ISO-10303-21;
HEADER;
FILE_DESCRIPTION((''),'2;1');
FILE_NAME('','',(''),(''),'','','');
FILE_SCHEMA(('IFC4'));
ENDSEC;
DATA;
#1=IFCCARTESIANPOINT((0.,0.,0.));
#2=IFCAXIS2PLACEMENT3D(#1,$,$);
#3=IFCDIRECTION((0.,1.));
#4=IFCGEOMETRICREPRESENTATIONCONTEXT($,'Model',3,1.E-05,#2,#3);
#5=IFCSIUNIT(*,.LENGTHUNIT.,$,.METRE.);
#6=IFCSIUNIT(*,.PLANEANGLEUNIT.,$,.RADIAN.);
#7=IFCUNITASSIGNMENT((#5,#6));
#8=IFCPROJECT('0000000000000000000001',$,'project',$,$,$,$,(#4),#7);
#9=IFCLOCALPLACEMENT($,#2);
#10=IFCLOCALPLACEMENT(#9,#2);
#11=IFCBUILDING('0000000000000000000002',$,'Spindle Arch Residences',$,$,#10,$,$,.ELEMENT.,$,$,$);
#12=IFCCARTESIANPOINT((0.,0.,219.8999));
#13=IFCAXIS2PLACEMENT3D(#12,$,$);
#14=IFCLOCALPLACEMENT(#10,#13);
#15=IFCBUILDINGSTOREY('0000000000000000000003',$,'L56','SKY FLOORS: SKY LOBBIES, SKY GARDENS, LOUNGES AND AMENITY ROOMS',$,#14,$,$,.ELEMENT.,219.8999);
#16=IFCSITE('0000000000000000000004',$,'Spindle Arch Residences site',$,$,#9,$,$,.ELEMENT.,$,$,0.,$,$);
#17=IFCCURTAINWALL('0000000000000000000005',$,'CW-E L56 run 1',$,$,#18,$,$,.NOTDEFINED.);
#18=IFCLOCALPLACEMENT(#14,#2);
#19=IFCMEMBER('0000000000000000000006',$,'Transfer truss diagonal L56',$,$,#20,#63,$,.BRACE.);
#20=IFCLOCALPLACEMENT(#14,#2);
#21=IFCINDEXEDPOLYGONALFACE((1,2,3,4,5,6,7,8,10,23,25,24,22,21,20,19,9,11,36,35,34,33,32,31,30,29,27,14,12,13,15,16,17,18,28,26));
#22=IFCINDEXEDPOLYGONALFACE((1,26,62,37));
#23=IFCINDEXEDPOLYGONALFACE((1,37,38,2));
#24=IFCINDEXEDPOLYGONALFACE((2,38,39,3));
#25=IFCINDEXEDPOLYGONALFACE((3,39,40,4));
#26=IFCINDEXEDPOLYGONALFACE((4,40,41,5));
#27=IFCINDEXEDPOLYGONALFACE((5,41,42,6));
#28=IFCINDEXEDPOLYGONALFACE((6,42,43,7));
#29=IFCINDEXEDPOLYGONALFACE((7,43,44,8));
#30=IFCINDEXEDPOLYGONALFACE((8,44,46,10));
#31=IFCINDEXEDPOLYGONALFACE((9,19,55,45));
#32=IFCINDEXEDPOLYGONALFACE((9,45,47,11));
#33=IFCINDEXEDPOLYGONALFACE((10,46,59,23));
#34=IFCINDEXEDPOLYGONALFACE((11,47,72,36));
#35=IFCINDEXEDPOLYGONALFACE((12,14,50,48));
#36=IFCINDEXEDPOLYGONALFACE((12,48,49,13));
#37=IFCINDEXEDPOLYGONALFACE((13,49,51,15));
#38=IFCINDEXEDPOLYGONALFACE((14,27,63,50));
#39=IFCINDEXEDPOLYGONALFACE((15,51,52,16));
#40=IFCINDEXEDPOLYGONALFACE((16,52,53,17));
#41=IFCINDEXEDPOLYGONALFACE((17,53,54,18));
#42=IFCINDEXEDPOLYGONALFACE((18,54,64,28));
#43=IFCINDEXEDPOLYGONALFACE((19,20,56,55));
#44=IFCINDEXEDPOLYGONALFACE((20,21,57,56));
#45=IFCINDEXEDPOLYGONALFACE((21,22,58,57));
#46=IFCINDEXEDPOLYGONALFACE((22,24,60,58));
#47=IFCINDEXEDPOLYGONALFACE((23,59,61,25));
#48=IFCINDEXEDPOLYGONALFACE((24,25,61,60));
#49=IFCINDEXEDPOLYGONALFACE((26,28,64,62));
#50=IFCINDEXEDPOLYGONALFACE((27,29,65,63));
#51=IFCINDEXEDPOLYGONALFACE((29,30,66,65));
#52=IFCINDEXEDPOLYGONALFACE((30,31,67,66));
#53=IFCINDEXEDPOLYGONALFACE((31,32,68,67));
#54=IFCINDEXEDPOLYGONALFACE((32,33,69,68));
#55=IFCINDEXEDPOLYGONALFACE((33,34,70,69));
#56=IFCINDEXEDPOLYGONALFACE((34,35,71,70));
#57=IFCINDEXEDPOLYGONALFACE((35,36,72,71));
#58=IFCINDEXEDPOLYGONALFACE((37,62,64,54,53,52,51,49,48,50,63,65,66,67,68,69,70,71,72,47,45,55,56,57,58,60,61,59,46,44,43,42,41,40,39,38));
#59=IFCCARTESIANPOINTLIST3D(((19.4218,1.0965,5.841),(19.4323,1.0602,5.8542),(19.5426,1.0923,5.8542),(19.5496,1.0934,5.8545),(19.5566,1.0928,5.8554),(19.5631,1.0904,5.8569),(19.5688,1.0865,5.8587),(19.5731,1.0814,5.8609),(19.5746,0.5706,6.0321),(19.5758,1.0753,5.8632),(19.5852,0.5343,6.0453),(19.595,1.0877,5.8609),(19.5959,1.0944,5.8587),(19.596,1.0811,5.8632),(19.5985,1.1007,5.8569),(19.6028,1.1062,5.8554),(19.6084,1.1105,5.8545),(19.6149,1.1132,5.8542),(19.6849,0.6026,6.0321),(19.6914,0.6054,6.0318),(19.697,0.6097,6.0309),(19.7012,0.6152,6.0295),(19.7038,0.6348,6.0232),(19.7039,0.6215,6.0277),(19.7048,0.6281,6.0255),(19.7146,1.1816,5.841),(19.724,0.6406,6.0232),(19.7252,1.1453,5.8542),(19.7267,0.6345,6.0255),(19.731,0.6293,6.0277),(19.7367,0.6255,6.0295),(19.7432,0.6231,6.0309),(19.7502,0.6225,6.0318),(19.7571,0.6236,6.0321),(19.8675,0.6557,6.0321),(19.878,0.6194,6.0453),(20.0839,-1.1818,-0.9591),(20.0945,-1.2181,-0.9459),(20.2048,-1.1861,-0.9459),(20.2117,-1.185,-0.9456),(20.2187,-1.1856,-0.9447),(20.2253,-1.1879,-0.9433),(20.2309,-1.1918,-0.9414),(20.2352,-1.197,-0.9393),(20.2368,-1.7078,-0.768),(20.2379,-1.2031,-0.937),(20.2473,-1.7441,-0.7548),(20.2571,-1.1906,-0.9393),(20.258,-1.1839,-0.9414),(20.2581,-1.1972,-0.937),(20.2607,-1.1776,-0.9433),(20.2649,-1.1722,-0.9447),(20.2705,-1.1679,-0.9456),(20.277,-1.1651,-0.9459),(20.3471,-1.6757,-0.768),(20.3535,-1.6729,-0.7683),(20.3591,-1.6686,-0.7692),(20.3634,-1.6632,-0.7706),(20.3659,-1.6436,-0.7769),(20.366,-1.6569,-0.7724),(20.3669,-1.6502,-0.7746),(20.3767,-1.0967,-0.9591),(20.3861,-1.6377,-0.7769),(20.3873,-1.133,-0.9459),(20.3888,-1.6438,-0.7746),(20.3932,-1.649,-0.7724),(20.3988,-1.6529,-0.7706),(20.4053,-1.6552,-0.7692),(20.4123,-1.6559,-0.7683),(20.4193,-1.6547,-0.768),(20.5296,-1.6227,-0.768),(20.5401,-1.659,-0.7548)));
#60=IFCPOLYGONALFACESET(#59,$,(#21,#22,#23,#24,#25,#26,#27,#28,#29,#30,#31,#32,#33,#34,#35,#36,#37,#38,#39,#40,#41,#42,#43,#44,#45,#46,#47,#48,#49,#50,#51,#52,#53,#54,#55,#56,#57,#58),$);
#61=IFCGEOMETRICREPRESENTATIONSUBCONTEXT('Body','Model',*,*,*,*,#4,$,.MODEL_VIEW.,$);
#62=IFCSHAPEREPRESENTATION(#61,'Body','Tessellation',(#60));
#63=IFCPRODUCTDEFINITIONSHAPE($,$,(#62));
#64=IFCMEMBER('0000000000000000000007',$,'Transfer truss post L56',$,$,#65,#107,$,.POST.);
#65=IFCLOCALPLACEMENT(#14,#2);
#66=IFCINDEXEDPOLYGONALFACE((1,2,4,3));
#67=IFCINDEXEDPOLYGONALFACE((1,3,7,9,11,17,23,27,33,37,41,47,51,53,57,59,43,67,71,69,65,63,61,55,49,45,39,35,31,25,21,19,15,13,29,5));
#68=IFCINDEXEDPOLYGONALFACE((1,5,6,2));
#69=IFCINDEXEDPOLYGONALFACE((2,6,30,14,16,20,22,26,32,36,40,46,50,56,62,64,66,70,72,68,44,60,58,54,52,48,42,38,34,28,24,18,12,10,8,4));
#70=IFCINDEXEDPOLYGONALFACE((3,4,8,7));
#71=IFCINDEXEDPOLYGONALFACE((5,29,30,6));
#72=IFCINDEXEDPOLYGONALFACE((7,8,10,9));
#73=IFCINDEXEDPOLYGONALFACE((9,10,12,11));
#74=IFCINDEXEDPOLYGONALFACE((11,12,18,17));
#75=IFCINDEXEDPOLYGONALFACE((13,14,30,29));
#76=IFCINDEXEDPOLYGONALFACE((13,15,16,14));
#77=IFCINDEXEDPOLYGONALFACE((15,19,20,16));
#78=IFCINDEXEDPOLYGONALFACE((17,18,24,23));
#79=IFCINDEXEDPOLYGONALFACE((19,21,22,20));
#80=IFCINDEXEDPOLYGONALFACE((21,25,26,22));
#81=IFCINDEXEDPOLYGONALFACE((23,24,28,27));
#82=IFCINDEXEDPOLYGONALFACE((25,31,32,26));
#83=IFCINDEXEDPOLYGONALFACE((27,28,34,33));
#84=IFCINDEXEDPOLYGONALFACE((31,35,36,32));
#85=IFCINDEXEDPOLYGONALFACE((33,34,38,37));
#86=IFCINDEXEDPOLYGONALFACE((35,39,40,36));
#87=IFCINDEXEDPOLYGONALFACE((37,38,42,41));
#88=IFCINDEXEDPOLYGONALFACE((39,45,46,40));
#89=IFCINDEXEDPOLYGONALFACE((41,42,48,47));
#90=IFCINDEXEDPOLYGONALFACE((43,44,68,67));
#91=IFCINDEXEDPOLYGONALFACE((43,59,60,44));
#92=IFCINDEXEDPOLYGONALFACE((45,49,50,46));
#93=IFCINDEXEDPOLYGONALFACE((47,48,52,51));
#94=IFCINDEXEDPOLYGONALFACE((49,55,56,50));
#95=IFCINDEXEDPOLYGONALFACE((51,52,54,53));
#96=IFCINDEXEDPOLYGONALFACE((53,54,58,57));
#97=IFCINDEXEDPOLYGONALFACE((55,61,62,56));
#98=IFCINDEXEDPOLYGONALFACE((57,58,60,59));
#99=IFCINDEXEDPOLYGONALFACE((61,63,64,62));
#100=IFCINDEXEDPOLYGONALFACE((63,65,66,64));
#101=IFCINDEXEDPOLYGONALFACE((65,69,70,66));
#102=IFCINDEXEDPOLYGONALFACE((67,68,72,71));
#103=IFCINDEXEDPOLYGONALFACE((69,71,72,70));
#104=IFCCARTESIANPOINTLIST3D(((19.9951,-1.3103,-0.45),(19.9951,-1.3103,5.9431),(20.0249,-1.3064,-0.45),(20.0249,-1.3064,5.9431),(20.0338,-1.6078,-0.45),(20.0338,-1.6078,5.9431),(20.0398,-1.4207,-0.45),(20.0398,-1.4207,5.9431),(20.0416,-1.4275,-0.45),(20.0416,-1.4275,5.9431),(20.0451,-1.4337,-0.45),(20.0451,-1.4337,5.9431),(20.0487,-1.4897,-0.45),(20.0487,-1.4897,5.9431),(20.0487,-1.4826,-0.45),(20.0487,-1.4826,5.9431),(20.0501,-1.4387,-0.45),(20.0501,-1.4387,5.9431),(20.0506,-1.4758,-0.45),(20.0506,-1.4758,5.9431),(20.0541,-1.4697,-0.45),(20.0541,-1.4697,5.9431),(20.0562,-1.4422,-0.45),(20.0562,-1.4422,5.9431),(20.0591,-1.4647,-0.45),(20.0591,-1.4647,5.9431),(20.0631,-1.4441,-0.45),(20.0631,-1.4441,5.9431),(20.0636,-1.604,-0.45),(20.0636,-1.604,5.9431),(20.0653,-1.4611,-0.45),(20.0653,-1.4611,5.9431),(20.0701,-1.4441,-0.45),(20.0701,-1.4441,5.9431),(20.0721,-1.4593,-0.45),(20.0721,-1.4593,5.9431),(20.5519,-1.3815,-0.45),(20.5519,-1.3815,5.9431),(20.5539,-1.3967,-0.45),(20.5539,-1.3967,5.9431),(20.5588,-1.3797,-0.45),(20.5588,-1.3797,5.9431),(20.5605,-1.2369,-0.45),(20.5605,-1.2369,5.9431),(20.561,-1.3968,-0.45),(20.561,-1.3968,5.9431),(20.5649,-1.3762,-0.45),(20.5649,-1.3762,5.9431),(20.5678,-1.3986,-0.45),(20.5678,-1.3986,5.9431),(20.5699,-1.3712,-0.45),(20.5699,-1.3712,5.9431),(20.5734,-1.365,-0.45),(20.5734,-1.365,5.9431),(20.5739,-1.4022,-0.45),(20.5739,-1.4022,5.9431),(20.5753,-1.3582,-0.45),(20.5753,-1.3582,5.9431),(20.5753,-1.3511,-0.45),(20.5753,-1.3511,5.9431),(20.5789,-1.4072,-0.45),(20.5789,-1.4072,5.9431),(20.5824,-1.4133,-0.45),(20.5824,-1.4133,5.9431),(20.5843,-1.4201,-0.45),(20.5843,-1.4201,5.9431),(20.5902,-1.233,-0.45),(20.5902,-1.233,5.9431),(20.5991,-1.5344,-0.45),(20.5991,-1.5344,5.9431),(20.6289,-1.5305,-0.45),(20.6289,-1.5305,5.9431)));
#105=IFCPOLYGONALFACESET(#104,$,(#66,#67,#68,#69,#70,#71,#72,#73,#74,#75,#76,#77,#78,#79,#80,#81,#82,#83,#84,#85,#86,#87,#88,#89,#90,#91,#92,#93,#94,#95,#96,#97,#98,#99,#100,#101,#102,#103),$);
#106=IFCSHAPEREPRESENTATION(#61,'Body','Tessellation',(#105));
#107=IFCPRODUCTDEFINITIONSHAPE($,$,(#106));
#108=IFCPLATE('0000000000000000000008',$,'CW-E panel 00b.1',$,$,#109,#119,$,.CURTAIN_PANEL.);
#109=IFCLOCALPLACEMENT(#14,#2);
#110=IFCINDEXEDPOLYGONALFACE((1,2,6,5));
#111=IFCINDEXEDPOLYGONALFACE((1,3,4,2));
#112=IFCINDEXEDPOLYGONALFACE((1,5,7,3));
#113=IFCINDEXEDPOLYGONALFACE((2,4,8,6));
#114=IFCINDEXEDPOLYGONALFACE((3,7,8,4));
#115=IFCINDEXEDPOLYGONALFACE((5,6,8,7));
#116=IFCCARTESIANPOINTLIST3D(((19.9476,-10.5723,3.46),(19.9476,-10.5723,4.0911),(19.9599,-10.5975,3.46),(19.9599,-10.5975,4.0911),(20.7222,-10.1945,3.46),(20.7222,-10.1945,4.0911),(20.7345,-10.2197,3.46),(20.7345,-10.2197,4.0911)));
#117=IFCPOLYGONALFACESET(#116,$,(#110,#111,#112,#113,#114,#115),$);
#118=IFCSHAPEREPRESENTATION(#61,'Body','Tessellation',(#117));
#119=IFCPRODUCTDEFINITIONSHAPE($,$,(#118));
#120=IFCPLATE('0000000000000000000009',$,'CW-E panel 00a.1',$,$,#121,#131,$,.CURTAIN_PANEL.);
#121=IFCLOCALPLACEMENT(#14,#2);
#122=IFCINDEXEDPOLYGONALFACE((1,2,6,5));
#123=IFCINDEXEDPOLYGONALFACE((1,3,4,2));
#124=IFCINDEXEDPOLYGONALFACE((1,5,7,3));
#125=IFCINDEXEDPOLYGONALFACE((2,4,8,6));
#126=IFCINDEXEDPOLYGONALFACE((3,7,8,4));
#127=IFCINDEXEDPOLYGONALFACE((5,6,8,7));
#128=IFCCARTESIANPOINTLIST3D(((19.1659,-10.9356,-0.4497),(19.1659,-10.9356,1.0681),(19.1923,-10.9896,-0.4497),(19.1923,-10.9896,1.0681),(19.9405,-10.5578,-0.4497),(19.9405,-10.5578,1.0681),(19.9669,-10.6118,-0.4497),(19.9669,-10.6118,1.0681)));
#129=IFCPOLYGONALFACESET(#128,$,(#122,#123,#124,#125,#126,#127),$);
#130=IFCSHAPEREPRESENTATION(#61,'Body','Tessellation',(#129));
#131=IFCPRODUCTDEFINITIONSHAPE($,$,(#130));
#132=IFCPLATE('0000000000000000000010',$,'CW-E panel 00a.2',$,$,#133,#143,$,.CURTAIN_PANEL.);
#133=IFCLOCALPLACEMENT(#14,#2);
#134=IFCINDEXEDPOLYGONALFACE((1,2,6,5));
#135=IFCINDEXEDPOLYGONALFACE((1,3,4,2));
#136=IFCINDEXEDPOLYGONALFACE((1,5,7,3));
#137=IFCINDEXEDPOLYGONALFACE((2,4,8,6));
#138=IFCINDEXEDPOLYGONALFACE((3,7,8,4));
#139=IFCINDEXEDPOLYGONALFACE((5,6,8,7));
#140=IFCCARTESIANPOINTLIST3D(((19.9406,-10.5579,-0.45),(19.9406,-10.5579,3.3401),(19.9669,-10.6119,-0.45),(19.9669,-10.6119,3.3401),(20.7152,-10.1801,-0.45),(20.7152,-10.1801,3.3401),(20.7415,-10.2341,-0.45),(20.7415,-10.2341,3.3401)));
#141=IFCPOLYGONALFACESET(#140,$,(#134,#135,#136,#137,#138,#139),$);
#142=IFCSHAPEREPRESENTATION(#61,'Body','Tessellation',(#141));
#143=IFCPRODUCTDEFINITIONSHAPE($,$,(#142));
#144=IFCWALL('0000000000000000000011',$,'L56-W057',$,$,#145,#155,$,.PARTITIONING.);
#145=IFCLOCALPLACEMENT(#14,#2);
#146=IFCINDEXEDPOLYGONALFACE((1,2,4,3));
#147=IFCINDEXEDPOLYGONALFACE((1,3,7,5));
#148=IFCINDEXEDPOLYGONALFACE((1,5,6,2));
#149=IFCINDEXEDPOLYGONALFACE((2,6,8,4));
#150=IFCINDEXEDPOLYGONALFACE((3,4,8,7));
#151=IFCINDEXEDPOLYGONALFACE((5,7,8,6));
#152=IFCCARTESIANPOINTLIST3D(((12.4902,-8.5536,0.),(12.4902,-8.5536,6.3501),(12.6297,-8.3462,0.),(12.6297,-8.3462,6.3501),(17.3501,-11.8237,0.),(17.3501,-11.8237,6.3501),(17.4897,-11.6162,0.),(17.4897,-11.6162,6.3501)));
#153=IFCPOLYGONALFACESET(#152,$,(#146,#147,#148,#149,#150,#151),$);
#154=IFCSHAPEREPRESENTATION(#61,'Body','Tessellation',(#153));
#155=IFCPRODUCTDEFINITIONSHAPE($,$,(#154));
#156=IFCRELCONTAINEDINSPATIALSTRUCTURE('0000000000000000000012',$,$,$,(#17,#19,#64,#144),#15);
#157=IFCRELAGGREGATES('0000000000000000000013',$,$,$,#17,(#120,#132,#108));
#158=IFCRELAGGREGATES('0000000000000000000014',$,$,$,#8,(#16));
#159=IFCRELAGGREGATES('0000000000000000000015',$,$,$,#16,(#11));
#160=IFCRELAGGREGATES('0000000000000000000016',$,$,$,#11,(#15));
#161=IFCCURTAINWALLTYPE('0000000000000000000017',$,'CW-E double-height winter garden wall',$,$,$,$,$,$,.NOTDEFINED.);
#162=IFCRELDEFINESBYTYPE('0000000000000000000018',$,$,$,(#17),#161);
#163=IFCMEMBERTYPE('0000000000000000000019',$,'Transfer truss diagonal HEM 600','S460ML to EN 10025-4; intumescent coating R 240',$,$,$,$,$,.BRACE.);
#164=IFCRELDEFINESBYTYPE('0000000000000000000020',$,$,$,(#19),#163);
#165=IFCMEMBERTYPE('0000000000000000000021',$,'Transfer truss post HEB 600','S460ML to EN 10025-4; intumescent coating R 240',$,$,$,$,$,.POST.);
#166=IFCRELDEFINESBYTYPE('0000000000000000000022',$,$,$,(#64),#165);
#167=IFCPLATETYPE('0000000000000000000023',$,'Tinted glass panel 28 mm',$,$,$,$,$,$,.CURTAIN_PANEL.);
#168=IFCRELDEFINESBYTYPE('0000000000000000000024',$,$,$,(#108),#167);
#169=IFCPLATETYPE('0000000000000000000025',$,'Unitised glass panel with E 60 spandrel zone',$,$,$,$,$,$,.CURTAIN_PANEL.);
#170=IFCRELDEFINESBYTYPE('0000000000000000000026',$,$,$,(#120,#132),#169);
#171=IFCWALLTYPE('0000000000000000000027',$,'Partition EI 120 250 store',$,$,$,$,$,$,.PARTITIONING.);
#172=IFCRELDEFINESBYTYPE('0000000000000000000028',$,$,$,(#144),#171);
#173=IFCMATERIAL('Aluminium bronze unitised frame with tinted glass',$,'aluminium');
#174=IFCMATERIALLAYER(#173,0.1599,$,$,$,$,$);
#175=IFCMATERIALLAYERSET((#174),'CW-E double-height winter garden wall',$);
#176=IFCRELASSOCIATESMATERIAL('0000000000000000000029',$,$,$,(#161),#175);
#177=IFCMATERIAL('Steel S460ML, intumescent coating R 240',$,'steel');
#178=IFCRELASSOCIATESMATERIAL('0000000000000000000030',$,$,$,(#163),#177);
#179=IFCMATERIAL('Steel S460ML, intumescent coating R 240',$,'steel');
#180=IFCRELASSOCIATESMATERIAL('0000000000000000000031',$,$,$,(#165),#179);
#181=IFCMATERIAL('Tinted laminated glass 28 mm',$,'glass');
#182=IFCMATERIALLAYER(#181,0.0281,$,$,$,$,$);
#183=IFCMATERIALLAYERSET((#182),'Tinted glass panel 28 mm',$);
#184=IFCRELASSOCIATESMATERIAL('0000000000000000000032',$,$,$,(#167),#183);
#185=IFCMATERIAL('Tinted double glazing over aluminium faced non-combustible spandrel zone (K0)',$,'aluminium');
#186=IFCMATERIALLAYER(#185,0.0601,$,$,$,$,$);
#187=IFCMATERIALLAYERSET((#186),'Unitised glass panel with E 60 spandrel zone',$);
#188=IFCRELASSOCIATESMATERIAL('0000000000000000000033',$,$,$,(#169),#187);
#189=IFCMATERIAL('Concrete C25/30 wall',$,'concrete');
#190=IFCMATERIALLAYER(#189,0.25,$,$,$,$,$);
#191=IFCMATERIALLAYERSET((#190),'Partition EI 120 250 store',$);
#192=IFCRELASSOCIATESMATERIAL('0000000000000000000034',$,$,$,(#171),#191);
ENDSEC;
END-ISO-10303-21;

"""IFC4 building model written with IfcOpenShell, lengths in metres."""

from ifc_helpers import new_model, si_unit, direction, frame, frame_2d, origin, origin_2d, place, context, subcontext, project, spatial, rectangle, i_section, extrude, material, layer, layer_set, material_profile, profile_set, type_object, element, aggregate, save


model = new_model("IFC4")

# Units and contexts
model_context = context("Model", 3, precision=1e-05, world=origin(), true_north=direction((0.0, 1.0)))
body_context = subcontext(model_context, "Body", "Model", "MODEL_VIEW")
ifc_project = project(units=[si_unit("LENGTHUNIT", "METRE"), si_unit("PLANEANGLEUNIT", "RADIAN")], contexts=[model_context])

# Site, building, storey
site_placement = place(None, origin())
site = spatial("IfcSite", under=ifc_project, at=site_placement, Name="Spindle Arch Residences site", CompositionType="ELEMENT", RefElevation=0.0)
building_placement = place(site_placement, origin())
building = spatial("IfcBuilding", under=site, at=building_placement, Name="Spindle Arch Residences", CompositionType="ELEMENT")
storey_placement = place(building_placement, frame((0.0, 0.0, 219.8999)))
storey = spatial("IfcBuildingStorey", under=building, at=storey_placement, Name="L56", Description="SKY FLOORS: SKY LOBBIES, SKY GARDENS, LOUNGES AND AMENITY ROOMS", CompositionType="ELEMENT", Elevation=219.8999)

# Curtain wall
ifc_material_1 = material(Name="Aluminium bronze unitised frame with tinted glass", Category="aluminium")
ifc_layer_1 = layer(ifc_material_1, 0.1599)
ifc_layer_set_1 = layer_set([ifc_layer_1], Name="CW-E double-height winter garden wall")
curtain_wall_type = type_object("IfcCurtainWallType", Name="CW-E double-height winter garden wall", PredefinedType="NOTDEFINED", material=ifc_layer_set_1)
curtain_wall_placement = place(storey_placement, origin())
curtain_wall = element("IfcCurtainWall", 1, at=curtain_wall_placement, inside=storey, type_object=curtain_wall_type, Name="CW-E L56 run 1", PredefinedType="NOTDEFINED")

# Members
ifc_material_2 = material(Name="Steel S460ML, intumescent coating R 240", Category="steel")
ifc_material_profile_1 = material_profile(ifc_material_2, i_section(OverallWidth=0.3049, OverallDepth=0.6201, WebThickness=0.021, FlangeThickness=0.04, FilletRadius=0.0271, at=origin_2d()), Name="HEM 600")
ifc_profile_set_1 = profile_set([ifc_material_profile_1], Name="Steel S460ML, intumescent coating R 240")
member_type_1 = type_object("IfcMemberType", Name="Transfer truss diagonal HEM 600", Description="S460ML to EN 10025-4; intumescent coating R 240", PredefinedType="BRACE", material=ifc_profile_set_1)
member_1_placement = place(storey_placement, frame((20.312, -1.4204, -0.8569), z_axis=(-0.091933, 0.316342, 0.94418), x_axis=(-0.960272, -0.279067, 0.0)))
element("IfcMember", 2, at=member_1_placement, inside=storey, type_object=member_type_1, Name="Transfer truss diagonal L56", PredefinedType="BRACE", context=body_context, shape_type="SweptSolid", body=[
    extrude(i_section(OverallWidth=0.3049, OverallDepth=0.6201, WebThickness=0.021, FlangeThickness=0.04, FilletRadius=0.0271, at=origin_2d()), origin(), (0.0, 0.0, 1.0), 7.2021),
])
ifc_material_3 = material(Name="Steel S460ML, intumescent coating R 240", Category="steel")
ifc_material_profile_2 = material_profile(ifc_material_3, i_section(OverallWidth=0.3, OverallDepth=0.6001, WebThickness=0.0154, FlangeThickness=0.03, FilletRadius=0.0271, at=origin_2d()), Name="HEB 600")
ifc_profile_set_2 = profile_set([ifc_material_profile_2], Name="Steel S460ML, intumescent coating R 240")
member_type_2 = type_object("IfcMemberType", Name="Transfer truss post HEB 600", Description="S460ML to EN 10025-4; intumescent coating R 240", PredefinedType="POST", material=ifc_profile_set_2)
member_2_placement = place(storey_placement, frame((20.312, -1.4204, -0.45), z_axis=(0.0, 0.0, 1.0), x_axis=(0.128797, -0.991671, 0.0)))
element("IfcMember", 3, at=member_2_placement, inside=storey, type_object=member_type_2, Name="Transfer truss post L56", PredefinedType="POST", context=body_context, shape_type="SweptSolid", body=[
    extrude(i_section(OverallWidth=0.3, OverallDepth=0.6001, WebThickness=0.0154, FlangeThickness=0.03, FilletRadius=0.0271, at=origin_2d()), origin(), (0.0, 0.0, 1.0), 6.3931),
])

# Plates
ifc_material_4 = material(Name="Tinted laminated glass 28 mm", Category="glass")
ifc_layer_2 = layer(ifc_material_4, 0.0281)
ifc_layer_set_2 = layer_set([ifc_layer_2], Name="Tinted glass panel 28 mm")
plate_type_1 = type_object("IfcPlateType", Name="Tinted glass panel 28 mm", PredefinedType="CURTAIN_PANEL", material=ifc_layer_set_2)
plate_1_placement = place(storey_placement, frame((20.3411, -10.396, 3.46), z_axis=(0.0, 0.0, 1.0), x_axis=(0.898794, 0.438371, 0.0)))
plate_1 = element("IfcPlate", 4, at=plate_1_placement, type_object=plate_type_1, Name="CW-E panel 00b.1", PredefinedType="CURTAIN_PANEL", context=body_context, shape_type="SweptSolid", body=[
    extrude(rectangle(XDim=0.8618, YDim=0.0281, at=origin_2d()), origin(), (0.0, 0.0, 1.0), 0.6311),
])
ifc_material_5 = material(Name="Tinted double glazing over aluminium faced non-combustible spandrel zone (K0)", Category="aluminium")
ifc_layer_3 = layer(ifc_material_5, 0.0601)
ifc_layer_set_3 = layer_set([ifc_layer_3], Name="Unitised glass panel with E 60 spandrel zone")
plate_type_2 = type_object("IfcPlateType", Name="Unitised glass panel with E 60 spandrel zone", PredefinedType="CURTAIN_PANEL", material=ifc_layer_set_3)
plate_2_placement = place(storey_placement, frame((19.5664, -10.7737, -0.4497), z_axis=(0.0, 0.0, 1.0), x_axis=(0.898794, 0.438371, 0.0)))
plate_2 = element("IfcPlate", 5, at=plate_2_placement, type_object=plate_type_2, Name="CW-E panel 00a.1", PredefinedType="CURTAIN_PANEL", context=body_context, shape_type="SweptSolid", body=[
    extrude(rectangle(XDim=0.8618, YDim=0.0601, at=origin_2d()), origin(), (0.0, 0.0, 1.0), 1.5178),
])
plate_3_placement = place(storey_placement, frame((20.3411, -10.396, -0.45), z_axis=(0.0, 0.0, 1.0), x_axis=(0.898794, 0.438371, 0.0)))
plate_3 = element("IfcPlate", 6, at=plate_3_placement, type_object=plate_type_2, Name="CW-E panel 00a.2", PredefinedType="CURTAIN_PANEL", context=body_context, shape_type="SweptSolid", body=[
    extrude(rectangle(XDim=0.8618, YDim=0.0601, at=origin_2d()), origin(), (0.0, 0.0, 1.0), 3.79),
])
aggregate(curtain_wall, [plate_2, plate_3, plate_1])

# Wall
ifc_material_6 = material(Name="Concrete C25/30 wall", Category="concrete")
ifc_layer_4 = layer(ifc_material_6, 0.25)
ifc_layer_set_4 = layer_set([ifc_layer_4], Name="Partition EI 120 250 store")
wall_type_1 = type_object("IfcWallType", Name="Partition EI 120 250 store", PredefinedType="PARTITIONING", material=ifc_layer_set_4)
wall_1_placement = place(storey_placement, frame((12.5601, -8.45, 0.0), z_axis=(0.0, 0.0, 1.0), x_axis=(0.82967, -0.558254, 0.0)))
element("IfcWall", 7, at=wall_1_placement, inside=storey, type_object=wall_type_1, Name="L56-W057", PredefinedType="PARTITIONING", context=body_context, shape_type="SweptSolid", body=[
    extrude(rectangle(XDim=5.8577, YDim=0.25, at=frame_2d((2.9287, 0.0))), origin(), (0.0, 0.0, 1.0), 6.3501),
])

save(model, "model.ifc")
